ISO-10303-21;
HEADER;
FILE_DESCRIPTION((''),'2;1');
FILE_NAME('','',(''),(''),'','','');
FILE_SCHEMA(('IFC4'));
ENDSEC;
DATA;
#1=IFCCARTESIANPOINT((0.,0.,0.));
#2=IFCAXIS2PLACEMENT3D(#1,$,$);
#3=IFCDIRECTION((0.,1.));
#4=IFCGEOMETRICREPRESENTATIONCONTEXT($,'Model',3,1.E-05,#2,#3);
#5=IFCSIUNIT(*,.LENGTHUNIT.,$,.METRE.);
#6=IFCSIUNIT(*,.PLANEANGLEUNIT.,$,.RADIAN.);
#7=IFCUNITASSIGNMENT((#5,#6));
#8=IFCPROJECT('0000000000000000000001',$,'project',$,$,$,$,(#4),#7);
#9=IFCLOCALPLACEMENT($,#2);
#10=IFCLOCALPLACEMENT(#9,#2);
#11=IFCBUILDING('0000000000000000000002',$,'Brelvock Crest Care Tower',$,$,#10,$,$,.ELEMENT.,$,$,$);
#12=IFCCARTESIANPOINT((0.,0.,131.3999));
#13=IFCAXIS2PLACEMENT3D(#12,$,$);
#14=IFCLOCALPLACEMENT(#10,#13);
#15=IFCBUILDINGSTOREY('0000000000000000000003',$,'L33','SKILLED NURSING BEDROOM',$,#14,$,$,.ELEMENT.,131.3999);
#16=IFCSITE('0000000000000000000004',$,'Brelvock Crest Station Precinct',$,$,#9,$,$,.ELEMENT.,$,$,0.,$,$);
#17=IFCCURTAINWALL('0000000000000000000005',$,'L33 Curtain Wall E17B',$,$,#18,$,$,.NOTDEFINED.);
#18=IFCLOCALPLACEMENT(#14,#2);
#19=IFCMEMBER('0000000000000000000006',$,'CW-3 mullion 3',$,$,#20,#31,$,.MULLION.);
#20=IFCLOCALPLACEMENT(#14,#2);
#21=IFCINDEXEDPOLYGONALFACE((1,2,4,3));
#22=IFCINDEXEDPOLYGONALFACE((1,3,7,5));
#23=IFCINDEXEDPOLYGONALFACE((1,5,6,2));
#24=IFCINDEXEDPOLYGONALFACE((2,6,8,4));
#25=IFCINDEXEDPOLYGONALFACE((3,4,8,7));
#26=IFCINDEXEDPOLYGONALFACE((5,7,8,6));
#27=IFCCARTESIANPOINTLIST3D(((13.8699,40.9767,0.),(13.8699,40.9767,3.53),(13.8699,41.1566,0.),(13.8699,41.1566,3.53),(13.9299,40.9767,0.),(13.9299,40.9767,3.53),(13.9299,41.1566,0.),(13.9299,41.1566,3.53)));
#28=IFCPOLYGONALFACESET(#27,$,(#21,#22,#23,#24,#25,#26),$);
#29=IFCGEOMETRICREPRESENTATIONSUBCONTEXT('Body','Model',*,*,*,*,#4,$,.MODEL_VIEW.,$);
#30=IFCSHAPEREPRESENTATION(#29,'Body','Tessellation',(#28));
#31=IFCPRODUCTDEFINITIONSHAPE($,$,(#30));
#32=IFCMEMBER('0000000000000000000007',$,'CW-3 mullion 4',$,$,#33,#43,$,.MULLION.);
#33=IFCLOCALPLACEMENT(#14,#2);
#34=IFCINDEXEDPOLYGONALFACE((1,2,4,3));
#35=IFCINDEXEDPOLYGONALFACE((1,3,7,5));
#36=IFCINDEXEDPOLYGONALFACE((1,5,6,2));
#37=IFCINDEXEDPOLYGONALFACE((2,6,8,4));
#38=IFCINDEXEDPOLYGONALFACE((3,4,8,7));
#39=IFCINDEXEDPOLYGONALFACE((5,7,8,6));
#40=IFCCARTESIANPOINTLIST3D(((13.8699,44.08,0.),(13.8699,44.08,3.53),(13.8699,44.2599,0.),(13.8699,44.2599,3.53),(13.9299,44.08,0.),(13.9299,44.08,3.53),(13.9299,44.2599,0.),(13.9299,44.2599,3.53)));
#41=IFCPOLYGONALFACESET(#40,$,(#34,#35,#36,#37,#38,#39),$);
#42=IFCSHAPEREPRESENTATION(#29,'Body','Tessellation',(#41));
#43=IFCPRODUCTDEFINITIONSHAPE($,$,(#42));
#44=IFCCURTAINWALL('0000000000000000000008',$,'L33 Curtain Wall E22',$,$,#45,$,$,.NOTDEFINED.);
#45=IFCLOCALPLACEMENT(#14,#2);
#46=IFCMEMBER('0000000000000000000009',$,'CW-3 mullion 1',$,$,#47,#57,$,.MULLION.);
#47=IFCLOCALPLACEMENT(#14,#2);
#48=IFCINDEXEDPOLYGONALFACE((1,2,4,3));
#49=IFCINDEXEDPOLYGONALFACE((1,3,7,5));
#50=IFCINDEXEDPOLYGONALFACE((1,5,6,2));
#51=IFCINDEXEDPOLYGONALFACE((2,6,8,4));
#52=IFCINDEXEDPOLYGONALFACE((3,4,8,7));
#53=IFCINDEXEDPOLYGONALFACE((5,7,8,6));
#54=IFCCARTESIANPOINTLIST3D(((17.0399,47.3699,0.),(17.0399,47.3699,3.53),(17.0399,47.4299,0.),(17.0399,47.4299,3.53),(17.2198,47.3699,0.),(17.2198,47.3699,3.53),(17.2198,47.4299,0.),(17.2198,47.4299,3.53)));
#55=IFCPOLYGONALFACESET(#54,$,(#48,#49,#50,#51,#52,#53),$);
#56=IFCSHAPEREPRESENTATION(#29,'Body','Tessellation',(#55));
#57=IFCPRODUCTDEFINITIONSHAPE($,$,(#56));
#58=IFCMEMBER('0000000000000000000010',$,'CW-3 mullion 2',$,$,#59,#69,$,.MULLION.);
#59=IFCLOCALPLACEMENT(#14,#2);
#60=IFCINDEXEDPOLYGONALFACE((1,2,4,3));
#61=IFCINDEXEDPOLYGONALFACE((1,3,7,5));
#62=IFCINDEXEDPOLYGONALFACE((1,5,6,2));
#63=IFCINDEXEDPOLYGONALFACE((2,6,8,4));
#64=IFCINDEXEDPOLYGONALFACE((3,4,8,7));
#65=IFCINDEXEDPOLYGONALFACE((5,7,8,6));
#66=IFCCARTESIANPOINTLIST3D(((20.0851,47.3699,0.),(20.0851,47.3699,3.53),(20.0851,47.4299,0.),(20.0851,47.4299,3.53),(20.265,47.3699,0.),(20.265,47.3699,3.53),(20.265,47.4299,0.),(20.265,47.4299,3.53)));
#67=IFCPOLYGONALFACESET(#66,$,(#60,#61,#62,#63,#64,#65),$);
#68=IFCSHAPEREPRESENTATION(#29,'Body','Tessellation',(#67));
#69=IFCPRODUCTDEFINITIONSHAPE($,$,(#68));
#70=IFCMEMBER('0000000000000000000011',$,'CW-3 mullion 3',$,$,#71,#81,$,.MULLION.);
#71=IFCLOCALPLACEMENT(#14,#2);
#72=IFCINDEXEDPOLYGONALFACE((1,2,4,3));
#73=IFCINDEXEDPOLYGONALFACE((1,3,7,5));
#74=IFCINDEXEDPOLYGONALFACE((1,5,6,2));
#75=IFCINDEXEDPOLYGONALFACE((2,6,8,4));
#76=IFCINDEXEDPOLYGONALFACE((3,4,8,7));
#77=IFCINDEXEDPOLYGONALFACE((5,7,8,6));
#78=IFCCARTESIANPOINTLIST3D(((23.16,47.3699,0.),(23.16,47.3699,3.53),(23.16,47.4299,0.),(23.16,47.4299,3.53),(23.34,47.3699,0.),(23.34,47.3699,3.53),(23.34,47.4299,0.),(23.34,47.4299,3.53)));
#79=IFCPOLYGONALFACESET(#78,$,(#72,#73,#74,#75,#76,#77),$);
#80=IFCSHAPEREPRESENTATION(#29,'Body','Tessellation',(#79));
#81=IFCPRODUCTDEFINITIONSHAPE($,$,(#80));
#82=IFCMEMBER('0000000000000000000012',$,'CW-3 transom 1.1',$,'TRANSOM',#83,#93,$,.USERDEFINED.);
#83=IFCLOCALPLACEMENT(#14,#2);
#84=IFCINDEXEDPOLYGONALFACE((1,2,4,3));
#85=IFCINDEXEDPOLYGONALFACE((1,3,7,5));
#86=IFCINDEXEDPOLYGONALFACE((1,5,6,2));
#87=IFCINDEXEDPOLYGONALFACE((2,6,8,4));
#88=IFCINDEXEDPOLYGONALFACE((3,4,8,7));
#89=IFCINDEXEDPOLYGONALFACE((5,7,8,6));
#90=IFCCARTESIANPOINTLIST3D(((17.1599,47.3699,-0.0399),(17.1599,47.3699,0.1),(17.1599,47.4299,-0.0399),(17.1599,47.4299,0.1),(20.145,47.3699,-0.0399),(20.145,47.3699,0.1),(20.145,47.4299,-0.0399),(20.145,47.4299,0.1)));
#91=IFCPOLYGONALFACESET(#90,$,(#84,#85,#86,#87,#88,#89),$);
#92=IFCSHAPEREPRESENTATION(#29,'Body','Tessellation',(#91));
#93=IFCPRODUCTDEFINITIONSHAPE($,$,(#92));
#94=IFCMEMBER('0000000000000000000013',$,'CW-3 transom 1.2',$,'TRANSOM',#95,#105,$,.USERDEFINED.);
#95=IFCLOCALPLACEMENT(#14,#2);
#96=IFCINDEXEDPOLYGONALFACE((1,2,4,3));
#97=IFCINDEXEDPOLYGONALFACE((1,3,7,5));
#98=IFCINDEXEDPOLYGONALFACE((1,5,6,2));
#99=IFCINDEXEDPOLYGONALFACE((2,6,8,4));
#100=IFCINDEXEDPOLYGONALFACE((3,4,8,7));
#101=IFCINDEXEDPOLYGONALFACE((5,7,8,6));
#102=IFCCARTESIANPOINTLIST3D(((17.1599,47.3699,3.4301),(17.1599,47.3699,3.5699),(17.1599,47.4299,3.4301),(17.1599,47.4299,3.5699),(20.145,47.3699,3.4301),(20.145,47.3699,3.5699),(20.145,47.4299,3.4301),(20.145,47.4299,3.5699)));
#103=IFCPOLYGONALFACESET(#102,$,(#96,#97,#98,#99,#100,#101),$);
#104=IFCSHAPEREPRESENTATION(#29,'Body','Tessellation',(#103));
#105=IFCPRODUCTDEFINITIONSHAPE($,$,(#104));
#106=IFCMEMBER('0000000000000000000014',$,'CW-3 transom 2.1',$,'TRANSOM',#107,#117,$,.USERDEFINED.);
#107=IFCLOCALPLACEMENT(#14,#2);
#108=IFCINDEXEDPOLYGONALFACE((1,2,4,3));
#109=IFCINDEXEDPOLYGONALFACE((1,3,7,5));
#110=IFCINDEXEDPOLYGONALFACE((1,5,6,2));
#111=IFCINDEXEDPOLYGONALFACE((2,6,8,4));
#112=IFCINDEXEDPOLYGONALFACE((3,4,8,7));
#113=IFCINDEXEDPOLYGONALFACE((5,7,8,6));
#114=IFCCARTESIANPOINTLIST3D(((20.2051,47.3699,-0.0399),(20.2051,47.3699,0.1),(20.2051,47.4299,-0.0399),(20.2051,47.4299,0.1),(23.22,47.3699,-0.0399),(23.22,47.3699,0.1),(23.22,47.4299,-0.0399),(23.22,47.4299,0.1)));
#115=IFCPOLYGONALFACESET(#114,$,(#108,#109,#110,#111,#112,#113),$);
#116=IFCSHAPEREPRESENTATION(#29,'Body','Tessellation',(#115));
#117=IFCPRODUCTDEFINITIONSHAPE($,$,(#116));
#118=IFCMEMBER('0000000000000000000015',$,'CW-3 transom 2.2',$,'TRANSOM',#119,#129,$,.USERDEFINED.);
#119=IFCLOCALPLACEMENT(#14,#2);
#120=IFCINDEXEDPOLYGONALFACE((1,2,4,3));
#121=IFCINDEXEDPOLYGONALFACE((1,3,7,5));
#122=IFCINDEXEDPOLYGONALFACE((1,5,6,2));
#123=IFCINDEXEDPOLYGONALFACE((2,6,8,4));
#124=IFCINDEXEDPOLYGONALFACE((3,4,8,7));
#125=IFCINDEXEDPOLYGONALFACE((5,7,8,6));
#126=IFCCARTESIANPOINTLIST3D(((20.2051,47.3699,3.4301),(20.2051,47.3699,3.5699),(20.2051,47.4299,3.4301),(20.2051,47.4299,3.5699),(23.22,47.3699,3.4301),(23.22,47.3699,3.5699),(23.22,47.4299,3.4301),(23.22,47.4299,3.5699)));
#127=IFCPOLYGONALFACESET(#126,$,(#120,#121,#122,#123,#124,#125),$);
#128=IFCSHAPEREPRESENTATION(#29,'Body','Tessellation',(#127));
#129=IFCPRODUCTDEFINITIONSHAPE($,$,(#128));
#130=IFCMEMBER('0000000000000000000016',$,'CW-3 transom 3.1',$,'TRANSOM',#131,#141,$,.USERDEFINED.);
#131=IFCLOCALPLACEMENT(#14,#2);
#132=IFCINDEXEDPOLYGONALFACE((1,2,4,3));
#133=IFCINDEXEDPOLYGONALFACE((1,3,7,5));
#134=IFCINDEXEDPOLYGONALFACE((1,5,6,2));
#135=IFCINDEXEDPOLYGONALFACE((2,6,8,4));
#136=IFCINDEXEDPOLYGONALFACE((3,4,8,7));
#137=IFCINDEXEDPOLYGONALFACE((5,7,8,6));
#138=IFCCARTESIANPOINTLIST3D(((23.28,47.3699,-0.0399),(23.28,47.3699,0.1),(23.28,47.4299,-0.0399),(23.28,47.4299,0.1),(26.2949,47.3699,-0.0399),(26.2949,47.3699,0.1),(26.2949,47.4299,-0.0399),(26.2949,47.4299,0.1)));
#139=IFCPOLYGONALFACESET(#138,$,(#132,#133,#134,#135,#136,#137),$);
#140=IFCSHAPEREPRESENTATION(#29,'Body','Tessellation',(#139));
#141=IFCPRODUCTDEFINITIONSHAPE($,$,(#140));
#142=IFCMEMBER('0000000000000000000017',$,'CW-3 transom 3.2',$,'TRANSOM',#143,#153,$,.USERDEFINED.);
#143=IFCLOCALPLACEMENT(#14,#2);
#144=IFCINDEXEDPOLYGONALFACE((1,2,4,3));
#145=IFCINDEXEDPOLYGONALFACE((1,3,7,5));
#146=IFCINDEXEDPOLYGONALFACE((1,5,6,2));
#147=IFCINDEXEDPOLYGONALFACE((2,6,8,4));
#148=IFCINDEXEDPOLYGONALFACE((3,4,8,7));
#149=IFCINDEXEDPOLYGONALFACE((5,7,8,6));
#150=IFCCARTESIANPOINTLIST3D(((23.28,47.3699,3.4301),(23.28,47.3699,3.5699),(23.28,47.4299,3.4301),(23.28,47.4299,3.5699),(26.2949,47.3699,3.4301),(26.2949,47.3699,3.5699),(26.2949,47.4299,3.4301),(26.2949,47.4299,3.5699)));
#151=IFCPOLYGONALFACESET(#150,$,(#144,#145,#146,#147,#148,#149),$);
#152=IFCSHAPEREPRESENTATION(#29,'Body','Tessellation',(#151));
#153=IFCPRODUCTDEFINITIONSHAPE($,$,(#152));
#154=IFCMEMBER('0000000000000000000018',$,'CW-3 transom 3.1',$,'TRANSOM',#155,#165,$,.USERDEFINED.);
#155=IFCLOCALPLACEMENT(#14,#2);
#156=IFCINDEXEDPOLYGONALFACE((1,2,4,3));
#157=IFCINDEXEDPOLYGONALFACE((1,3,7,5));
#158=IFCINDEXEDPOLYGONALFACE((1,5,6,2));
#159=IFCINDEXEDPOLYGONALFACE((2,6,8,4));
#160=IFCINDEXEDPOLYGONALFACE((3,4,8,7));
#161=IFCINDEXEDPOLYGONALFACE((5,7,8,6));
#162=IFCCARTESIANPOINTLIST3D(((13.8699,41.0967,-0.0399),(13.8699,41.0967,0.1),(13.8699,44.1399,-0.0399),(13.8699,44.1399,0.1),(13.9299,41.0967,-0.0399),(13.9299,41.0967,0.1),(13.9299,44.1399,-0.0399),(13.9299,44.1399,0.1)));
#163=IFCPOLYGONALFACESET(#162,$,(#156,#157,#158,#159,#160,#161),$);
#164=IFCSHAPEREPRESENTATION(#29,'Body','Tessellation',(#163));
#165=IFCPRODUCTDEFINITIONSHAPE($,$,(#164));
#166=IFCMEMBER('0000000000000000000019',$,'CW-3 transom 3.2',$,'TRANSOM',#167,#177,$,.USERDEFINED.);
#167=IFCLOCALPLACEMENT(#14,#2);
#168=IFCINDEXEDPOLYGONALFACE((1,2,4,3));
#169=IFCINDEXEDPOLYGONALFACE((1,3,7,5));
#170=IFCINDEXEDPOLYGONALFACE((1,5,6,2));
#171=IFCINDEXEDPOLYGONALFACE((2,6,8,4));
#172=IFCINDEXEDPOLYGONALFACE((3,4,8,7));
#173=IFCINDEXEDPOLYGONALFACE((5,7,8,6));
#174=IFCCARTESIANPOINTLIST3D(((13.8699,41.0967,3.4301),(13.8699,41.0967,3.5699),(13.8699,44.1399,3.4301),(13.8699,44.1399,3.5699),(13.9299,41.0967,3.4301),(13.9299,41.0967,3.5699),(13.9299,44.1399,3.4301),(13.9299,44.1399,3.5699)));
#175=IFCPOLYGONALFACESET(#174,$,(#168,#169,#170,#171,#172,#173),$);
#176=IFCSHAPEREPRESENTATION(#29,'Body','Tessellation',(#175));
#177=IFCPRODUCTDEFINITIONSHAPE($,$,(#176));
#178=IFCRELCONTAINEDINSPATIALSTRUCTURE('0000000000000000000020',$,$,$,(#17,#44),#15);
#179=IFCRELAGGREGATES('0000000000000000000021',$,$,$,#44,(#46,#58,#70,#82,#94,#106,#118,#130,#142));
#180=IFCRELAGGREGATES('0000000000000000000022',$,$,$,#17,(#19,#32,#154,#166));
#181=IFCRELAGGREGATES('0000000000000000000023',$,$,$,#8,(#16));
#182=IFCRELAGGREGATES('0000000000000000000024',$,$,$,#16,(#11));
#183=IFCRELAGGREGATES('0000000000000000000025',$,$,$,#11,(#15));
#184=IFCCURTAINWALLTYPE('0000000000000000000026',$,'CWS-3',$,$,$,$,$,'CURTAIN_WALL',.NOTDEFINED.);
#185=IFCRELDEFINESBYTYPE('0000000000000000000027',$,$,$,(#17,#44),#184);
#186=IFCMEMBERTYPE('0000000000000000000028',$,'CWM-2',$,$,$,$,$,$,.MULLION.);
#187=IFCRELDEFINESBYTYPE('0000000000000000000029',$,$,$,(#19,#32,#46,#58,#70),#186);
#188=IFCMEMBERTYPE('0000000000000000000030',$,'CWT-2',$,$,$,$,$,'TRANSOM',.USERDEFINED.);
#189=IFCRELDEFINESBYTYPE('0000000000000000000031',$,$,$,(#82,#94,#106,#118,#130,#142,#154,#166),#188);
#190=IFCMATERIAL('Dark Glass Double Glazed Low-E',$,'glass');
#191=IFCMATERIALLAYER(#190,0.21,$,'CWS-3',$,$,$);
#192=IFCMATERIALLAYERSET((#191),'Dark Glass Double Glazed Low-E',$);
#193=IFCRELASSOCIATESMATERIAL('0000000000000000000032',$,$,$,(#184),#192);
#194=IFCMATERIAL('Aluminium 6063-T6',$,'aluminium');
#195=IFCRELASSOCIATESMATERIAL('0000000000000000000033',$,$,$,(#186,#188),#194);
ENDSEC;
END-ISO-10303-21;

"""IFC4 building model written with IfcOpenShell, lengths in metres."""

from ifc_helpers import new_model, si_unit, direction, frame, origin, origin_2d, place, context, subcontext, project, spatial, rectangle, extrude, source, transform, mapped, material, layer, layer_set, material_profile, profile_set, type_object, element, aggregate, save


model = new_model("IFC4")

# Units and contexts
model_context = context("Model", 3, precision=1e-05, world=origin(), true_north=direction((0.0, 1.0)))
body_context = subcontext(model_context, "Body", "Model", "MODEL_VIEW")
ifc_project = project(units=[si_unit("LENGTHUNIT", "METRE"), si_unit("PLANEANGLEUNIT", "RADIAN")], contexts=[model_context])

# Site, building, storey
site_placement = place(None, origin())
site = spatial("IfcSite", under=ifc_project, at=site_placement, Name="Brelvock Crest Station Precinct", CompositionType="ELEMENT", RefElevation=0.0)
building_placement = place(site_placement, origin())
building = spatial("IfcBuilding", under=site, at=building_placement, Name="Brelvock Crest Care Tower", CompositionType="ELEMENT")
storey_placement = place(building_placement, frame((0.0, 0.0, 131.3999)))
storey = spatial("IfcBuildingStorey", under=building, at=storey_placement, Name="L33", Description="SKILLED NURSING BEDROOM", CompositionType="ELEMENT", Elevation=131.3999)

# Curtain walls, members
ifc_material_1 = material(Name="Dark Glass Double Glazed Low-E", Category="glass")
ifc_layer_1 = layer(ifc_material_1, 0.21, Name="CWS-3")
ifc_layer_set_1 = layer_set([ifc_layer_1], Name="Dark Glass Double Glazed Low-E")
curtain_wall_type = type_object("IfcCurtainWallType", Name="CWS-3", ElementType="CURTAIN_WALL", PredefinedType="NOTDEFINED", material=ifc_layer_set_1)
curtain_wall_1_placement = place(storey_placement, origin())
curtain_wall_1 = element("IfcCurtainWall", 1, at=curtain_wall_1_placement, inside=storey, type_object=curtain_wall_type, Name="L33 Curtain Wall E17B", PredefinedType="NOTDEFINED")
ifc_material_2 = material(Name="Aluminium 6063-T6", Category="aluminium")
ifc_material_profile_1 = material_profile(ifc_material_2, rectangle(XDim=0.0601, YDim=0.1799, at=origin_2d()), Name="ALU60x180")
ifc_profile_set_1 = profile_set([ifc_material_profile_1], Name="Aluminium 6063-T6")
member_type_1 = type_object("IfcMemberType", Name="CWM-2", PredefinedType="MULLION", material=ifc_profile_set_1)
shared_shape_1 = source(origin(), body_context, "Body", "SweptSolid", [
    extrude(rectangle(XDim=0.0601, YDim=0.1799, at=origin_2d()), origin(), (0.0, 0.0, 1.0), 3.53),
])
member_1_placement = place(storey_placement, frame((13.8999, 41.0667, 0.0), z_axis=(0.0, 0.0, 1.0), x_axis=(-1.0, 0.0, 0.0)))
member_1 = element("IfcMember", 2, at=member_1_placement, type_object=member_type_1, Name="CW-3 mullion 3", PredefinedType="MULLION", context=body_context, shape_type="MappedRepresentation", body=[
    mapped(shared_shape_1, transform((0.0, 0.0, 0.0), x_axis=(1.0, 0.0, 0.0), y_axis=(0.0, 1.0, 0.0), z_axis=(0.0, 0.0, 1.0), scale=1.0)),
])
member_2_placement = place(storey_placement, frame((13.8999, 44.1699, 0.0), z_axis=(0.0, 0.0, 1.0), x_axis=(-1.0, 0.0, 0.0)))
member_2 = element("IfcMember", 3, at=member_2_placement, type_object=member_type_1, Name="CW-3 mullion 4", PredefinedType="MULLION", context=body_context, shape_type="MappedRepresentation", body=[
    mapped(shared_shape_1, transform((0.0, 0.0, 0.0), x_axis=(1.0, 0.0, 0.0), y_axis=(0.0, 1.0, 0.0), z_axis=(0.0, 0.0, 1.0), scale=1.0)),
])
curtain_wall_2_placement = place(storey_placement, origin())
curtain_wall_2 = element("IfcCurtainWall", 4, at=curtain_wall_2_placement, inside=storey, type_object=curtain_wall_type, Name="L33 Curtain Wall E22", PredefinedType="NOTDEFINED")
member_3_placement = place(storey_placement, frame((17.1299, 47.3999, 0.0), z_axis=(0.0, 0.0, 1.0), x_axis=(0.0, 1.0, 0.0)))
member_3 = element("IfcMember", 5, at=member_3_placement, type_object=member_type_1, Name="CW-3 mullion 1", PredefinedType="MULLION", context=body_context, shape_type="MappedRepresentation", body=[
    mapped(shared_shape_1, transform((0.0, 0.0, 0.0), x_axis=(1.0, 0.0, 0.0), y_axis=(0.0, 1.0, 0.0), z_axis=(0.0, 0.0, 1.0), scale=1.0)),
])
member_4_placement = place(storey_placement, frame((20.175, 47.3999, 0.0), z_axis=(0.0, 0.0, 1.0), x_axis=(0.0, 1.0, 0.0)))
member_4 = element("IfcMember", 6, at=member_4_placement, type_object=member_type_1, Name="CW-3 mullion 2", PredefinedType="MULLION", context=body_context, shape_type="MappedRepresentation", body=[
    mapped(shared_shape_1, transform((0.0, 0.0, 0.0), x_axis=(1.0, 0.0, 0.0), y_axis=(0.0, 1.0, 0.0), z_axis=(0.0, 0.0, 1.0), scale=1.0)),
])
member_5_placement = place(storey_placement, frame((23.25, 47.3999, 0.0), z_axis=(0.0, 0.0, 1.0), x_axis=(0.0, 1.0, 0.0)))
member_5 = element("IfcMember", 7, at=member_5_placement, type_object=member_type_1, Name="CW-3 mullion 3", PredefinedType="MULLION", context=body_context, shape_type="MappedRepresentation", body=[
    mapped(shared_shape_1, transform((0.0, 0.0, 0.0), x_axis=(1.0, 0.0, 0.0), y_axis=(0.0, 1.0, 0.0), z_axis=(0.0, 0.0, 1.0), scale=1.0)),
])
ifc_material_profile_2 = material_profile(ifc_material_2, rectangle(XDim=0.0601, YDim=0.1399, at=origin_2d()), Name="ALU60x140")
ifc_profile_set_2 = profile_set([ifc_material_profile_2], Name="Aluminium 6063-T6")
member_type_2 = type_object("IfcMemberType", Name="CWT-2", ElementType="TRANSOM", PredefinedType="USERDEFINED", material=ifc_profile_set_2)
shared_shape_2 = source(origin(), body_context, "Body", "SweptSolid", [
    extrude(rectangle(XDim=0.0601, YDim=0.1399, at=origin_2d()), origin(), (0.0, 0.0, 1.0), 2.9851),
])
member_6_placement = place(storey_placement, frame((17.1599, 47.3999, 0.03), z_axis=(1.0, 0.0, 0.0), x_axis=(0.0, 1.0, 0.0)))
member_6 = element("IfcMember", 8, at=member_6_placement, type_object=member_type_2, Name="CW-3 transom 1.1", ObjectType="TRANSOM", PredefinedType="USERDEFINED", context=body_context, shape_type="MappedRepresentation", body=[
    mapped(shared_shape_2, transform((0.0, 0.0, 0.0), x_axis=(1.0, 0.0, 0.0), y_axis=(0.0, 1.0, 0.0), z_axis=(0.0, 0.0, 1.0), scale=1.0)),
])
member_7_placement = place(storey_placement, frame((17.1599, 47.3999, 3.5), z_axis=(1.0, 0.0, 0.0), x_axis=(0.0, 1.0, 0.0)))
member_7 = element("IfcMember", 9, at=member_7_placement, type_object=member_type_2, Name="CW-3 transom 1.2", ObjectType="TRANSOM", PredefinedType="USERDEFINED", context=body_context, shape_type="MappedRepresentation", body=[
    mapped(shared_shape_2, transform((0.0, 0.0, 0.0), x_axis=(1.0, 0.0, 0.0), y_axis=(0.0, 1.0, 0.0), z_axis=(0.0, 0.0, 1.0), scale=1.0)),
])
shared_shape_3 = source(origin(), body_context, "Body", "SweptSolid", [
    extrude(rectangle(XDim=0.0601, YDim=0.1399, at=origin_2d()), origin(), (0.0, 0.0, 1.0), 3.0149),
])
member_8_placement = place(storey_placement, frame((20.2051, 47.3999, 0.03), z_axis=(1.0, 0.0, 0.0), x_axis=(0.0, 1.0, 0.0)))
member_8 = element("IfcMember", 10, at=member_8_placement, type_object=member_type_2, Name="CW-3 transom 2.1", ObjectType="TRANSOM", PredefinedType="USERDEFINED", context=body_context, shape_type="MappedRepresentation", body=[
    mapped(shared_shape_3, transform((0.0, 0.0, 0.0), x_axis=(1.0, 0.0, 0.0), y_axis=(0.0, 1.0, 0.0), z_axis=(0.0, 0.0, 1.0), scale=1.0)),
])
member_9_placement = place(storey_placement, frame((20.2051, 47.3999, 3.5), z_axis=(1.0, 0.0, 0.0), x_axis=(0.0, 1.0, 0.0)))
member_9 = element("IfcMember", 11, at=member_9_placement, type_object=member_type_2, Name="CW-3 transom 2.2", ObjectType="TRANSOM", PredefinedType="USERDEFINED", context=body_context, shape_type="MappedRepresentation", body=[
    mapped(shared_shape_3, transform((0.0, 0.0, 0.0), x_axis=(1.0, 0.0, 0.0), y_axis=(0.0, 1.0, 0.0), z_axis=(0.0, 0.0, 1.0), scale=1.0)),
])
member_10_placement = place(storey_placement, frame((23.28, 47.3999, 0.03), z_axis=(1.0, 0.0, 0.0), x_axis=(0.0, 1.0, 0.0)))
member_10 = element("IfcMember", 12, at=member_10_placement, type_object=member_type_2, Name="CW-3 transom 3.1", ObjectType="TRANSOM", PredefinedType="USERDEFINED", context=body_context, shape_type="MappedRepresentation", body=[
    mapped(shared_shape_3, transform((0.0, 0.0, 0.0), x_axis=(1.0, 0.0, 0.0), y_axis=(0.0, 1.0, 0.0), z_axis=(0.0, 0.0, 1.0), scale=1.0)),
])
member_11_placement = place(storey_placement, frame((23.28, 47.3999, 3.5), z_axis=(1.0, 0.0, 0.0), x_axis=(0.0, 1.0, 0.0)))
member_11 = element("IfcMember", 13, at=member_11_placement, type_object=member_type_2, Name="CW-3 transom 3.2", ObjectType="TRANSOM", PredefinedType="USERDEFINED", context=body_context, shape_type="MappedRepresentation", body=[
    mapped(shared_shape_3, transform((0.0, 0.0, 0.0), x_axis=(1.0, 0.0, 0.0), y_axis=(0.0, 1.0, 0.0), z_axis=(0.0, 0.0, 1.0), scale=1.0)),
])

# Members
shared_shape_4 = source(origin(), body_context, "Body", "SweptSolid", [
    extrude(rectangle(XDim=0.0601, YDim=0.1399, at=origin_2d()), origin(), (0.0, 0.0, 1.0), 3.0432),
])
member_12_placement = place(storey_placement, frame((13.8999, 41.0967, 0.03), z_axis=(0.0, 1.0, 0.0), x_axis=(-1.0, 0.0, 0.0)))
member_12 = element("IfcMember", 14, at=member_12_placement, type_object=member_type_2, Name="CW-3 transom 3.1", ObjectType="TRANSOM", PredefinedType="USERDEFINED", context=body_context, shape_type="MappedRepresentation", body=[
    mapped(shared_shape_4, transform((0.0, 0.0, 0.0), x_axis=(1.0, 0.0, 0.0), y_axis=(0.0, 1.0, 0.0), z_axis=(0.0, 0.0, 1.0), scale=1.0)),
])
member_13_placement = place(storey_placement, frame((13.8999, 41.0967, 3.5), z_axis=(0.0, 1.0, 0.0), x_axis=(-1.0, 0.0, 0.0)))
member_13 = element("IfcMember", 15, at=member_13_placement, type_object=member_type_2, Name="CW-3 transom 3.2", ObjectType="TRANSOM", PredefinedType="USERDEFINED", context=body_context, shape_type="MappedRepresentation", body=[
    mapped(shared_shape_4, transform((0.0, 0.0, 0.0), x_axis=(1.0, 0.0, 0.0), y_axis=(0.0, 1.0, 0.0), z_axis=(0.0, 0.0, 1.0), scale=1.0)),
])

aggregate(curtain_wall_2, [member_3, member_4, member_5, member_6, member_7, member_8, member_9, member_10, member_11])
aggregate(curtain_wall_1, [member_1, member_2, member_12, member_13])

save(model, "model.ifc")
